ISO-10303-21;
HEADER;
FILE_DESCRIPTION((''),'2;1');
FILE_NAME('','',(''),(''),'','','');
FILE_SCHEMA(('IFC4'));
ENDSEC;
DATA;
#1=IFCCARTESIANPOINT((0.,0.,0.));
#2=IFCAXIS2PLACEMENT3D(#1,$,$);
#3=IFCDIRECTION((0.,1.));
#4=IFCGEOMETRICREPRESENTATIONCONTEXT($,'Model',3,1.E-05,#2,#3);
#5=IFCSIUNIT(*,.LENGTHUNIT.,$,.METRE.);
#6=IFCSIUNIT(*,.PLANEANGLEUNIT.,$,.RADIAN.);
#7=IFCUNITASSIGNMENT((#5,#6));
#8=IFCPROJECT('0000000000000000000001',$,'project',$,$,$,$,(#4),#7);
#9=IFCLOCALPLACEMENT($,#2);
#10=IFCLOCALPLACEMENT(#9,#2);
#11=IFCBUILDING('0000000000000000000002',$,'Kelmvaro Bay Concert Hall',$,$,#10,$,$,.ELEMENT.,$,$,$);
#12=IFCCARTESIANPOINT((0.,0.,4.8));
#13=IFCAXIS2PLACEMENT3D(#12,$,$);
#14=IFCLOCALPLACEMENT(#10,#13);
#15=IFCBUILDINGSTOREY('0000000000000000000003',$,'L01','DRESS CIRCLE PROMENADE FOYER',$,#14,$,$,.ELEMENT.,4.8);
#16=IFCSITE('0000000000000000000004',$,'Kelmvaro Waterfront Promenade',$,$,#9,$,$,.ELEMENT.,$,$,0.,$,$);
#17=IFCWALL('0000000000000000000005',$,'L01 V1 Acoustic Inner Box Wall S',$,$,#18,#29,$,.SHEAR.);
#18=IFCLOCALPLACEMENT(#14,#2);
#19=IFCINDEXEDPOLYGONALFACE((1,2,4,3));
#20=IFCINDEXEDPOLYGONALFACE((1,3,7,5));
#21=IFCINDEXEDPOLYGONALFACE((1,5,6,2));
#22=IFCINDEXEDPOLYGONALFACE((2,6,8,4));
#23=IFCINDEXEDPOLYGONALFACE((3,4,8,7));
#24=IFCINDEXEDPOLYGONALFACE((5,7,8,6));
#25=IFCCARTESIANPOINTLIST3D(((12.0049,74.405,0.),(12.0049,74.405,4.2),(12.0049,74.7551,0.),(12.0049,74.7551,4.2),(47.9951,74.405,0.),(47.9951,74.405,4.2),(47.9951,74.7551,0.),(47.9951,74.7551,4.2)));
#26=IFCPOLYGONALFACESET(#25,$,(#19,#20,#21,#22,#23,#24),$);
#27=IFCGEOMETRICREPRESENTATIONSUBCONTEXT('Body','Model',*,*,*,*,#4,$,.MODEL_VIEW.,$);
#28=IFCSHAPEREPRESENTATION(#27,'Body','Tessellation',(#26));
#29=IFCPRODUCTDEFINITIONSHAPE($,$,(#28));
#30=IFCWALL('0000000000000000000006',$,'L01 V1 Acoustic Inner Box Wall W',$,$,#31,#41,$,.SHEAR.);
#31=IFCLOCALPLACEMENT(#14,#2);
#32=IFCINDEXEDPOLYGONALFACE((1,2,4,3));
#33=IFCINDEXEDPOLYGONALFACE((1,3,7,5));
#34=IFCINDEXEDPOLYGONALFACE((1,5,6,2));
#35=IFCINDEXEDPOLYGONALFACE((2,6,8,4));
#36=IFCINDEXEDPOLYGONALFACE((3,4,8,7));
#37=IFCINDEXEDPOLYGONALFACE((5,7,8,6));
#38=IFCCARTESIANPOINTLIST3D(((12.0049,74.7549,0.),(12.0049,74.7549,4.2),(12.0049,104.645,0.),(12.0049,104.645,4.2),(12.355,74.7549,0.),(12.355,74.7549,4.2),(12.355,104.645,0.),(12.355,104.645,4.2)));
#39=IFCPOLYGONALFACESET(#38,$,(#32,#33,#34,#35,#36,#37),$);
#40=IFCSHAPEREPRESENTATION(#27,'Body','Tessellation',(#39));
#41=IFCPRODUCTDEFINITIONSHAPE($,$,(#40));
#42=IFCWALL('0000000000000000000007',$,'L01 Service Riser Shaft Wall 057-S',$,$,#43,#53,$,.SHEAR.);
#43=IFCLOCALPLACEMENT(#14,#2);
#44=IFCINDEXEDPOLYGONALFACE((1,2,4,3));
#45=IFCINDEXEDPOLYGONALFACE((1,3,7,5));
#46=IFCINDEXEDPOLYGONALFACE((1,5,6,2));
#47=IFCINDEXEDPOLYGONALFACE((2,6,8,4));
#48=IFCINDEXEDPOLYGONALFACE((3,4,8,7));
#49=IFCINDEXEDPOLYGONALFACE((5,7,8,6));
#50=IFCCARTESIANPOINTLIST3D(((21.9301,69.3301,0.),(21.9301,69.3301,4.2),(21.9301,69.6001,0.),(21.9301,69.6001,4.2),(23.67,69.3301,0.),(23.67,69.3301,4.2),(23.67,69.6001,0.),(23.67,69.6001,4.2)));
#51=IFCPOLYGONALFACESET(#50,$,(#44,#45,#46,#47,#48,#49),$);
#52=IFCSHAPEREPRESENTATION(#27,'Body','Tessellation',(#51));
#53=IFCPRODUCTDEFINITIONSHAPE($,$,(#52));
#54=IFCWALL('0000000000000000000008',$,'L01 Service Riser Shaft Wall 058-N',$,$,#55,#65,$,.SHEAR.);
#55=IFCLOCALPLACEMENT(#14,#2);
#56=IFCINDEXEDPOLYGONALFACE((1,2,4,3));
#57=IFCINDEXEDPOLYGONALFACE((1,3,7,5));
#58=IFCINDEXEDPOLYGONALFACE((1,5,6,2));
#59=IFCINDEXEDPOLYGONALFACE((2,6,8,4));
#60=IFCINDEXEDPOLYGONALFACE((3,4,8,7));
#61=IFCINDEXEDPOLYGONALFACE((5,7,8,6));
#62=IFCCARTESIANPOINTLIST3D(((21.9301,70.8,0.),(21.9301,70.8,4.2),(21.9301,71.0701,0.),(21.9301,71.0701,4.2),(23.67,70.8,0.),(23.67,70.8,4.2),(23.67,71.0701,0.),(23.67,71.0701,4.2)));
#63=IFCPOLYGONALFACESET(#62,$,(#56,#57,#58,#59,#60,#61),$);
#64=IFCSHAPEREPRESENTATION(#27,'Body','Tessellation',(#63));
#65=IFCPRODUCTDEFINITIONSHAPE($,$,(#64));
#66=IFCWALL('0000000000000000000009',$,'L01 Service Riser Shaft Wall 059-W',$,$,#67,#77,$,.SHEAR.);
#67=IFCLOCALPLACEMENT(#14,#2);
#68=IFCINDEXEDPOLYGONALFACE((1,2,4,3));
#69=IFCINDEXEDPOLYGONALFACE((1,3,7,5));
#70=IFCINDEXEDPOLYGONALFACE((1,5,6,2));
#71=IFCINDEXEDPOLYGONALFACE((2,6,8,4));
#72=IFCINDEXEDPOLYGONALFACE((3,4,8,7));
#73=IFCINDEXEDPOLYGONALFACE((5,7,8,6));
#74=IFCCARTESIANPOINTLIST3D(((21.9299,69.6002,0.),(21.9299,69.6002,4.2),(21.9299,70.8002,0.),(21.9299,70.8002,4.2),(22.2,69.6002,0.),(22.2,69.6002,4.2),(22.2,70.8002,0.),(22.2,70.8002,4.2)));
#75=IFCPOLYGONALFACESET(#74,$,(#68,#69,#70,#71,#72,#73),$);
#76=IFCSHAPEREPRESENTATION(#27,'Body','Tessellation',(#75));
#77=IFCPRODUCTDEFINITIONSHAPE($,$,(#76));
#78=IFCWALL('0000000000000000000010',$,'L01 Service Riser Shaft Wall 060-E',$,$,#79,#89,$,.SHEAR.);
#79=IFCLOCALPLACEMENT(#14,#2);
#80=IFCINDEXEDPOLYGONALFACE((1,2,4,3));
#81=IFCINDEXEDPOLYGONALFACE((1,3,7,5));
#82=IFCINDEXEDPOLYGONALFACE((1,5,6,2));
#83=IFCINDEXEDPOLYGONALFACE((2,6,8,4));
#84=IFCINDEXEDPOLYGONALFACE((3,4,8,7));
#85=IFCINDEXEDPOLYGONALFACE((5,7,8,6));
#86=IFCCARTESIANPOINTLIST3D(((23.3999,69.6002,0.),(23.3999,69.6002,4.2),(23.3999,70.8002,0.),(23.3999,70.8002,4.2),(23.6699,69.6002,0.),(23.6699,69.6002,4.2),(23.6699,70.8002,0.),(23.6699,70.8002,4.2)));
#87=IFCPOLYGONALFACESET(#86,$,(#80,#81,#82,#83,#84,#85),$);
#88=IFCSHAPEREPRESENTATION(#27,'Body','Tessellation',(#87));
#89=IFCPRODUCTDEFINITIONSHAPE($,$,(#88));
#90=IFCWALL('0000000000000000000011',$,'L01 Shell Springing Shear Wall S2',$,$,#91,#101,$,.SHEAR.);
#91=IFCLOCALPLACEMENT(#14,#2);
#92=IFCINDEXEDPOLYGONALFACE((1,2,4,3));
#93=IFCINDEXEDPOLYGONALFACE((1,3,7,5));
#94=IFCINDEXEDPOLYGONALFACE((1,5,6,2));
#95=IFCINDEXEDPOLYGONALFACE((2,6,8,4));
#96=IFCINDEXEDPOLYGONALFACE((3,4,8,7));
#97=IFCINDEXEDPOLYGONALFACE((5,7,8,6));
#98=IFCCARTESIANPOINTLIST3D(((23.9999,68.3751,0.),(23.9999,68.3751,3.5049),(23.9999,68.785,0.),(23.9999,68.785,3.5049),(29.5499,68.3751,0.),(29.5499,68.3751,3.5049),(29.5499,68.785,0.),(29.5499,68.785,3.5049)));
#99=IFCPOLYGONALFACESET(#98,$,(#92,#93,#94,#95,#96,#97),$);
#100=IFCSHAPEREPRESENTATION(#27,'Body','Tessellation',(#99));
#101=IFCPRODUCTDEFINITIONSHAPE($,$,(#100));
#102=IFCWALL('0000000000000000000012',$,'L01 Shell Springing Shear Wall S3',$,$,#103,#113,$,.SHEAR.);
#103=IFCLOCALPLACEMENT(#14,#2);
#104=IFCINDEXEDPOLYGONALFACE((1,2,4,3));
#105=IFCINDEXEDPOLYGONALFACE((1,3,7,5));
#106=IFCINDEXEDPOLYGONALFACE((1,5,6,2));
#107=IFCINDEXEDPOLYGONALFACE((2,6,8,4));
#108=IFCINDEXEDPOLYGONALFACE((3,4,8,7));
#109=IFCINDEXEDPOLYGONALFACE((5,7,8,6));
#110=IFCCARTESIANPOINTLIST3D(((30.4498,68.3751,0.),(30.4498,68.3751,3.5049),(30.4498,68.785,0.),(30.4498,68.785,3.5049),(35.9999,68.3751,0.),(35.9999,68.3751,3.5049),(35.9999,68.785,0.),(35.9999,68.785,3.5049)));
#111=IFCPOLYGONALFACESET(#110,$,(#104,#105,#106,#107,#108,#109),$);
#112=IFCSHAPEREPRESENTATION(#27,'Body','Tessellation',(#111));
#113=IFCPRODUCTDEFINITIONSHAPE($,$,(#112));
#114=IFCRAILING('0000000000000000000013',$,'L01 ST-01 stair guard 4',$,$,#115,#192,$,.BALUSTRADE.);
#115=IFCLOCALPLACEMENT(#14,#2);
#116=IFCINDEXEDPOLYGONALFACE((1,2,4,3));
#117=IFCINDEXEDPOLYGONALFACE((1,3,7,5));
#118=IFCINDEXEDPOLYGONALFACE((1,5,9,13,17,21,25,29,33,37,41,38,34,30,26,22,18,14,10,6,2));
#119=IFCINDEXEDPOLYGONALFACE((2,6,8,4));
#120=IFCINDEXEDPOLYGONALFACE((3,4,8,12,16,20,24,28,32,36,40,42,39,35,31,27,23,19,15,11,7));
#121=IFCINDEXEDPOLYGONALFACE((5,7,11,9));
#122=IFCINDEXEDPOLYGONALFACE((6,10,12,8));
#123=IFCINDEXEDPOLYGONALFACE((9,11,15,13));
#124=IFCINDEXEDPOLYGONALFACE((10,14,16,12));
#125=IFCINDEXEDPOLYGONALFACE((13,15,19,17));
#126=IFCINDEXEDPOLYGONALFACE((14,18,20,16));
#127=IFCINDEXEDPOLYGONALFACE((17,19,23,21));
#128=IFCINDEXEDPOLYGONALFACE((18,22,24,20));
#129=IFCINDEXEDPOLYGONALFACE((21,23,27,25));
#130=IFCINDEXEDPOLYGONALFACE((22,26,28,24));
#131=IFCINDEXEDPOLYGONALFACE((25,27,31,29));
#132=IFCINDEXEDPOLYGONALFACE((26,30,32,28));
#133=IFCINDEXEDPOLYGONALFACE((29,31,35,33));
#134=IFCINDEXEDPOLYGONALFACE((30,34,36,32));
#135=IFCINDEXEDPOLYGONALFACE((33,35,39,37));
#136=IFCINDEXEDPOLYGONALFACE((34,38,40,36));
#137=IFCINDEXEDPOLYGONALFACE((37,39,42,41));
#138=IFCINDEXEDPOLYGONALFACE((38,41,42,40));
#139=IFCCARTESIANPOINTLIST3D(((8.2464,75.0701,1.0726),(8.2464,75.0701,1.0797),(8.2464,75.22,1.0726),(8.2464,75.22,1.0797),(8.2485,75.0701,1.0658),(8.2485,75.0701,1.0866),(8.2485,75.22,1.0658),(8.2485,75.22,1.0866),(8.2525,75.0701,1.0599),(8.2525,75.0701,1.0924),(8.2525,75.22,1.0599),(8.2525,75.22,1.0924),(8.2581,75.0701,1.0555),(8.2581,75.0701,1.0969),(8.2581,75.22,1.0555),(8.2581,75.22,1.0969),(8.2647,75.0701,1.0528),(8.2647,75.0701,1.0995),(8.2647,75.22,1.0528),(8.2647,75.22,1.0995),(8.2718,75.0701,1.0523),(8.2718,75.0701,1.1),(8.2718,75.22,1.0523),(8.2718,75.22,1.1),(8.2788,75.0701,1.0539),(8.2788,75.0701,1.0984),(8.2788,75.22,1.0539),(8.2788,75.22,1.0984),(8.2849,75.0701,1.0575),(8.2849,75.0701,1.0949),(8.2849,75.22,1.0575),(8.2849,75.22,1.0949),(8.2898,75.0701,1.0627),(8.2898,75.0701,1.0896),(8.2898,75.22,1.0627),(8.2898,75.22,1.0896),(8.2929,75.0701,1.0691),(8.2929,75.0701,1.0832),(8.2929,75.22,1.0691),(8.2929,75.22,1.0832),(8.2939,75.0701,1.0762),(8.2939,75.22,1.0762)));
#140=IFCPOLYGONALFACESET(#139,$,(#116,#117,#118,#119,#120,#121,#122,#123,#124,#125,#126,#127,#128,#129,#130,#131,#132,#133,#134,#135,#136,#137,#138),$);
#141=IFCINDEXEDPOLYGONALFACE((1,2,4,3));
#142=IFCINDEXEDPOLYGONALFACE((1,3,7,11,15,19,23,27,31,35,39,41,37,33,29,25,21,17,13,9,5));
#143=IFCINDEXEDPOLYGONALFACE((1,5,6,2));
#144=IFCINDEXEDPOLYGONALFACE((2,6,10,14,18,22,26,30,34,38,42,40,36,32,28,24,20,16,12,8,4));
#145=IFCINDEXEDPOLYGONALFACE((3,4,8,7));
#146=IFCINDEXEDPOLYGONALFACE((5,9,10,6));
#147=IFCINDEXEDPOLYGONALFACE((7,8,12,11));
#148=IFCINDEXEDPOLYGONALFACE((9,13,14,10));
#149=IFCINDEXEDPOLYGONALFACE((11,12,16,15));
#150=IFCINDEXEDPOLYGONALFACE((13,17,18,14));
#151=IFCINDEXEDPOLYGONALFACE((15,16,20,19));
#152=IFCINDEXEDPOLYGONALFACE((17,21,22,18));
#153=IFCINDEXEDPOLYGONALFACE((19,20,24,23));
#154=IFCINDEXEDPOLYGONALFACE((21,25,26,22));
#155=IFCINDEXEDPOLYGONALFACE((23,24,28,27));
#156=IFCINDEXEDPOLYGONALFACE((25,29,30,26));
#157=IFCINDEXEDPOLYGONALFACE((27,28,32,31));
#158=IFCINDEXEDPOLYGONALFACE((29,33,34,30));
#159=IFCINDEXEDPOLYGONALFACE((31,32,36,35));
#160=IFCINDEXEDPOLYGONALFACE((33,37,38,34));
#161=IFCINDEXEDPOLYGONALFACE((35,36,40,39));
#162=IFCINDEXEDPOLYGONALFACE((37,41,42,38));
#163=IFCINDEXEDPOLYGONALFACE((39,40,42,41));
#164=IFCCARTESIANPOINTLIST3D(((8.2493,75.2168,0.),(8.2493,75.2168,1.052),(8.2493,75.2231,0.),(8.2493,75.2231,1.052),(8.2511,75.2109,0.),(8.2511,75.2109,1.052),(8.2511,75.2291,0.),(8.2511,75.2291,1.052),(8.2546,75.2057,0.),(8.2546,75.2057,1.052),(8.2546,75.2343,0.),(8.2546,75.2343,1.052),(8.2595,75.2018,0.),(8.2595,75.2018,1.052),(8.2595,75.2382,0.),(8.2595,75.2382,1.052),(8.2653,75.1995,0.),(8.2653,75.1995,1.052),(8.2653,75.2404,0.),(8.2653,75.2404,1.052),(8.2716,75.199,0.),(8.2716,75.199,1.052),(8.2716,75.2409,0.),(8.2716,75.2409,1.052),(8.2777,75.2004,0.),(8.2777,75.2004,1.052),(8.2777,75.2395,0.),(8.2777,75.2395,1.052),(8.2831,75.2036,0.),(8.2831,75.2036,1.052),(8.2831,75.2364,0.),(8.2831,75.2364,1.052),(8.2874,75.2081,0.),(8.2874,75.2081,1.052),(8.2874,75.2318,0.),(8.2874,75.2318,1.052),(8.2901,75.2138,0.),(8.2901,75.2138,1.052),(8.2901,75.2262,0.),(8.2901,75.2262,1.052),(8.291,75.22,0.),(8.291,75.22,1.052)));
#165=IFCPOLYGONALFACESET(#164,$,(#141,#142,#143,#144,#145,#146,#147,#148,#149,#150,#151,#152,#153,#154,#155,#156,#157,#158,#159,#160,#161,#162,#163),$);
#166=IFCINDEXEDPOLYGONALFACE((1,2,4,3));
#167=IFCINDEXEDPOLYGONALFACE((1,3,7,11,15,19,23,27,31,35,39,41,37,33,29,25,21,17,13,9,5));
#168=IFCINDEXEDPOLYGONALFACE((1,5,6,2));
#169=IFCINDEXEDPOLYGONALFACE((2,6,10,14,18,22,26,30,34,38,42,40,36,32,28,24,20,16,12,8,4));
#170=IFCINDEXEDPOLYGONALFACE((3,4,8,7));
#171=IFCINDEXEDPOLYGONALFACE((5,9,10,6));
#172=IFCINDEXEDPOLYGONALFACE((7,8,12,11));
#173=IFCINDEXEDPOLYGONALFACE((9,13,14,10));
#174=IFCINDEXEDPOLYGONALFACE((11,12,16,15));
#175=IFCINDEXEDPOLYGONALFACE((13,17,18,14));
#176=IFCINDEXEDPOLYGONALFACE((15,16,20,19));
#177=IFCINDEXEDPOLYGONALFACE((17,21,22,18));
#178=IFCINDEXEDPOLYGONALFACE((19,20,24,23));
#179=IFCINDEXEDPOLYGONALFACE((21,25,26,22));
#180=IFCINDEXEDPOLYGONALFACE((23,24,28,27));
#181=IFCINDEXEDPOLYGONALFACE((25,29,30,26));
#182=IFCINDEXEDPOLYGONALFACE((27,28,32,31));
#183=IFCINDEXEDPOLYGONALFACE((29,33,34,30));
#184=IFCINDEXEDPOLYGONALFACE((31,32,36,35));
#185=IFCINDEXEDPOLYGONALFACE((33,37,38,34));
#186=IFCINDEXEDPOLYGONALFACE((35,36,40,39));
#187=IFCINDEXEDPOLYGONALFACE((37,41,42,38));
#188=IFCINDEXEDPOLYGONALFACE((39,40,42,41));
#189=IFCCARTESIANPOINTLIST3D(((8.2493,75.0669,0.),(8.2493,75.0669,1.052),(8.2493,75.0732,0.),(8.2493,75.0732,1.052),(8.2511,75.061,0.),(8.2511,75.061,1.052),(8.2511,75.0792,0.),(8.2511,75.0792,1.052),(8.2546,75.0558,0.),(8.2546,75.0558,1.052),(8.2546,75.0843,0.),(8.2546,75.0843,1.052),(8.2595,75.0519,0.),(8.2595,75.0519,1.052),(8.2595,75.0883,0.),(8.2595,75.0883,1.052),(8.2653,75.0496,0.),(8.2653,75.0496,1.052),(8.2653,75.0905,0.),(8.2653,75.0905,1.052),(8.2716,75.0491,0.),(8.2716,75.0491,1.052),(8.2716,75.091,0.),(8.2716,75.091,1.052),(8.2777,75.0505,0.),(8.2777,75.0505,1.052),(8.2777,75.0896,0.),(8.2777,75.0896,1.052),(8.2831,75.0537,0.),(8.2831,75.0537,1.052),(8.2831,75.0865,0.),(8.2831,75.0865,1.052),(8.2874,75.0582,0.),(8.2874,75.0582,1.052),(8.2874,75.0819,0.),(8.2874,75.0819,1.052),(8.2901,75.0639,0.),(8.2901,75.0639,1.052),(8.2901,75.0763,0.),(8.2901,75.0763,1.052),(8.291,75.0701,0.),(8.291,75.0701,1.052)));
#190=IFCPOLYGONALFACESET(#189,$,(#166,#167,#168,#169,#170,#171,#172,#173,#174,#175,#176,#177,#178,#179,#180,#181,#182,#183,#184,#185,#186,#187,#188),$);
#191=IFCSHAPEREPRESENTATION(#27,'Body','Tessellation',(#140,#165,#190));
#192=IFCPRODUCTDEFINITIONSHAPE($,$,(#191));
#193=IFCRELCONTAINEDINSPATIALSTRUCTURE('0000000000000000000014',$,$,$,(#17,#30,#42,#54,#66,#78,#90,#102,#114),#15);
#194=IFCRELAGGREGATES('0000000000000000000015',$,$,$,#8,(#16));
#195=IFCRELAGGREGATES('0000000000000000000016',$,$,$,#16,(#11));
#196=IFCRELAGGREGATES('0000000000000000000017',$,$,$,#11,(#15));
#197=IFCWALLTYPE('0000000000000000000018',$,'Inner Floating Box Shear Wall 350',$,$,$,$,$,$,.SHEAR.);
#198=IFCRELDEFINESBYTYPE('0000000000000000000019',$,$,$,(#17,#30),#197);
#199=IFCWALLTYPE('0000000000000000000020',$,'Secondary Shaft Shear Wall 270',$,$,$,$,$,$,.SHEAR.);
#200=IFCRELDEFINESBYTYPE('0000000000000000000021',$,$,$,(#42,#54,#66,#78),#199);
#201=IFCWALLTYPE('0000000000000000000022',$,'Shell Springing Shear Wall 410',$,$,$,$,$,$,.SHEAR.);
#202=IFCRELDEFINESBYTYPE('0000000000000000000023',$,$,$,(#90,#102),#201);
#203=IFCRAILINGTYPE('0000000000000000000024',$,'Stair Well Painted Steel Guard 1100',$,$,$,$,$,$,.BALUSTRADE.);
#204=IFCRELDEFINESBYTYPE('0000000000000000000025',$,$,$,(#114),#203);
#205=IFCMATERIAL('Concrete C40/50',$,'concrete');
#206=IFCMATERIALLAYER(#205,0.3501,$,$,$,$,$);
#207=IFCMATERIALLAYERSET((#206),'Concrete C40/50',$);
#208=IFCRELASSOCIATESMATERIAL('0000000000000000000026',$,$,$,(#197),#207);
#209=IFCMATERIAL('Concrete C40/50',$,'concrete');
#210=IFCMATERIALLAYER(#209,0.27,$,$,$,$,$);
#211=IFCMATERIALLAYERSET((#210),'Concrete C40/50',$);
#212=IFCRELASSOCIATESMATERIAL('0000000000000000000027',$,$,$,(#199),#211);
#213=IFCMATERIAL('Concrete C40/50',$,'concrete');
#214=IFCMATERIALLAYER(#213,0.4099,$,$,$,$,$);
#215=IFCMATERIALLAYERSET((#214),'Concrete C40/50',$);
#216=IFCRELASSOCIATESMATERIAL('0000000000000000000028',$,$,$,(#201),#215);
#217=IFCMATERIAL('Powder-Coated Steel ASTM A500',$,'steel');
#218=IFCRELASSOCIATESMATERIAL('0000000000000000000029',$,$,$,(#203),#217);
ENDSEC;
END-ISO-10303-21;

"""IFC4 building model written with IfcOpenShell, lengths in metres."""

from ifc_helpers import new_model, si_unit, direction, frame, frame_2d, origin, origin_2d, place, context, subcontext, project, spatial, rectangle, circle, extrude, material, layer, layer_set, type_object, element, save


model = new_model("IFC4")

# Units and contexts
model_context = context("Model", 3, precision=1e-05, world=origin(), true_north=direction((0.0, 1.0)))
body_context = subcontext(model_context, "Body", "Model", "MODEL_VIEW")
ifc_project = project(units=[si_unit("LENGTHUNIT", "METRE"), si_unit("PLANEANGLEUNIT", "RADIAN")], contexts=[model_context])

# Site, building, storey
site_placement = place(None, origin())
site = spatial("IfcSite", under=ifc_project, at=site_placement, Name="Kelmvaro Waterfront Promenade", CompositionType="ELEMENT", RefElevation=0.0)
building_placement = place(site_placement, origin())
building = spatial("IfcBuilding", under=site, at=building_placement, Name="Kelmvaro Bay Concert Hall", CompositionType="ELEMENT")
storey_placement = place(building_placement, frame((0.0, 0.0, 4.8)))
storey = spatial("IfcBuildingStorey", under=building, at=storey_placement, Name="L01", Description="DRESS CIRCLE PROMENADE FOYER", CompositionType="ELEMENT", Elevation=4.8)

# Walls
ifc_material_1 = material(Name="Concrete C40/50", Category="concrete")
ifc_layer_1 = layer(ifc_material_1, 0.3501)
ifc_layer_set_1 = layer_set([ifc_layer_1], Name="Concrete C40/50")
wall_type_1 = type_object("IfcWallType", Name="Inner Floating Box Shear Wall 350", PredefinedType="SHEAR", material=ifc_layer_set_1)
wall_1_placement = place(storey_placement, frame((12.0049, 74.5801, 0.0), z_axis=(0.0, 0.0, 1.0), x_axis=(1.0, 0.0, 0.0)))
element("IfcWall", 1, at=wall_1_placement, inside=storey, type_object=wall_type_1, Name="L01 V1 Acoustic Inner Box Wall S", PredefinedType="SHEAR", context=body_context, shape_type="SweptSolid", body=[
    extrude(rectangle(XDim=35.9902, YDim=0.3501, at=frame_2d((17.9951, 0.0))), origin(), (0.0, 0.0, 1.0), 4.2),
])
wall_2_placement = place(storey_placement, frame((12.1799, 74.7549, 0.0), z_axis=(0.0, 0.0, 1.0), x_axis=(0.0, 1.0, 0.0)))
element("IfcWall", 2, at=wall_2_placement, inside=storey, type_object=wall_type_1, Name="L01 V1 Acoustic Inner Box Wall W", PredefinedType="SHEAR", context=body_context, shape_type="SweptSolid", body=[
    extrude(rectangle(XDim=29.8901, YDim=0.3501, at=frame_2d((14.9451, 0.0))), origin(), (0.0, 0.0, 1.0), 4.2),
])
ifc_material_2 = material(Name="Concrete C40/50", Category="concrete")
ifc_layer_2 = layer(ifc_material_2, 0.27)
ifc_layer_set_2 = layer_set([ifc_layer_2], Name="Concrete C40/50")
wall_type_2 = type_object("IfcWallType", Name="Secondary Shaft Shear Wall 270", PredefinedType="SHEAR", material=ifc_layer_set_2)
for number, where, z_axis, x_axis, name in (
    (3, (21.9299, 69.4651, 0.0), (0.0, 0.0, 1.0), (1.0, 0.0, 0.0), "L01 Service Riser Shaft Wall 057-S"),
    (4, (21.9299, 70.9351, 0.0), (0.0, 0.0, 1.0), (1.0, 0.0, 0.0), "L01 Service Riser Shaft Wall 058-N"),
):
    element("IfcWall", number, at=place(storey_placement, frame(where, z_axis=z_axis, x_axis=x_axis)), inside=storey, type_object=wall_type_2, Name=name, PredefinedType="SHEAR", context=body_context, shape_type="SweptSolid", body=[
        extrude(rectangle(XDim=1.74, YDim=0.27, at=frame_2d((0.8701, 0.0))), origin(), (0.0, 0.0, 1.0), 4.2),
    ])
for number, where, z_axis, x_axis, name in (
    (5, (22.0649, 69.6001, 0.0), (0.0, 0.0, 1.0), (0.0, 1.0, 0.0), "L01 Service Riser Shaft Wall 059-W"),
    (6, (23.5349, 69.6001, 0.0), (0.0, 0.0, 1.0), (0.0, 1.0, 0.0), "L01 Service Riser Shaft Wall 060-E"),
):
    element("IfcWall", number, at=place(storey_placement, frame(where, z_axis=z_axis, x_axis=x_axis)), inside=storey, type_object=wall_type_2, Name=name, PredefinedType="SHEAR", context=body_context, shape_type="SweptSolid", body=[
        extrude(rectangle(XDim=1.2, YDim=0.27, at=frame_2d((0.6001, 0.0))), origin(), (0.0, 0.0, 1.0), 4.2),
    ])
ifc_material_3 = material(Name="Concrete C40/50", Category="concrete")
ifc_layer_3 = layer(ifc_material_3, 0.4099)
ifc_layer_set_3 = layer_set([ifc_layer_3], Name="Concrete C40/50")
wall_type_3 = type_object("IfcWallType", Name="Shell Springing Shear Wall 410", PredefinedType="SHEAR", material=ifc_layer_set_3)
for number, where, z_axis, x_axis, name in (
    (7, (24.0, 68.5801, 0.0), (0.0, 0.0, 1.0), (1.0, 0.0, 0.0), "L01 Shell Springing Shear Wall S2"),
    (8, (30.45, 68.5801, 0.0), (0.0, 0.0, 1.0), (1.0, 0.0, 0.0), "L01 Shell Springing Shear Wall S3"),
):
    element("IfcWall", number, at=place(storey_placement, frame(where, z_axis=z_axis, x_axis=x_axis)), inside=storey, type_object=wall_type_3, Name=name, PredefinedType="SHEAR", context=body_context, shape_type="SweptSolid", body=[
        extrude(rectangle(XDim=5.55, YDim=0.4099, at=frame_2d((2.7749, 0.0))), origin(), (0.0, 0.0, 1.0), 3.5049),
    ])

# Railing
ifc_material_4 = material(Name="Powder-Coated Steel ASTM A500", Category="steel")
railing_type = type_object("IfcRailingType", Name="Stair Well Painted Steel Guard 1100", PredefinedType="BALUSTRADE", material=ifc_material_4)
railing_placement = place(storey_placement, frame((8.27, 75.22, 0.0)))
element("IfcRailing", 9, at=railing_placement, inside=storey, type_object=railing_type, Name="L01 ST-01 stair guard 4", PredefinedType="BALUSTRADE", context=body_context, shape_type="SweptSolid", body=[
    extrude(circle(Radius=0.0239, at=origin_2d()), frame((0.0, 0.0, 1.0762), z_axis=(0.0, -1.0, 0.0), x_axis=(1.0, 0.0, 0.0)), (0.0, 0.0, 1.0), 0.1499),
    extrude(circle(Radius=0.021, at=origin_2d()), origin(), (0.0, 0.0, 1.0), 1.052),
    extrude(circle(Radius=0.021, at=origin_2d()), frame((0.0, -0.1499, 0.0)), (0.0, 0.0, 1.0), 1.052),
])

save(model, "model.ifc")
